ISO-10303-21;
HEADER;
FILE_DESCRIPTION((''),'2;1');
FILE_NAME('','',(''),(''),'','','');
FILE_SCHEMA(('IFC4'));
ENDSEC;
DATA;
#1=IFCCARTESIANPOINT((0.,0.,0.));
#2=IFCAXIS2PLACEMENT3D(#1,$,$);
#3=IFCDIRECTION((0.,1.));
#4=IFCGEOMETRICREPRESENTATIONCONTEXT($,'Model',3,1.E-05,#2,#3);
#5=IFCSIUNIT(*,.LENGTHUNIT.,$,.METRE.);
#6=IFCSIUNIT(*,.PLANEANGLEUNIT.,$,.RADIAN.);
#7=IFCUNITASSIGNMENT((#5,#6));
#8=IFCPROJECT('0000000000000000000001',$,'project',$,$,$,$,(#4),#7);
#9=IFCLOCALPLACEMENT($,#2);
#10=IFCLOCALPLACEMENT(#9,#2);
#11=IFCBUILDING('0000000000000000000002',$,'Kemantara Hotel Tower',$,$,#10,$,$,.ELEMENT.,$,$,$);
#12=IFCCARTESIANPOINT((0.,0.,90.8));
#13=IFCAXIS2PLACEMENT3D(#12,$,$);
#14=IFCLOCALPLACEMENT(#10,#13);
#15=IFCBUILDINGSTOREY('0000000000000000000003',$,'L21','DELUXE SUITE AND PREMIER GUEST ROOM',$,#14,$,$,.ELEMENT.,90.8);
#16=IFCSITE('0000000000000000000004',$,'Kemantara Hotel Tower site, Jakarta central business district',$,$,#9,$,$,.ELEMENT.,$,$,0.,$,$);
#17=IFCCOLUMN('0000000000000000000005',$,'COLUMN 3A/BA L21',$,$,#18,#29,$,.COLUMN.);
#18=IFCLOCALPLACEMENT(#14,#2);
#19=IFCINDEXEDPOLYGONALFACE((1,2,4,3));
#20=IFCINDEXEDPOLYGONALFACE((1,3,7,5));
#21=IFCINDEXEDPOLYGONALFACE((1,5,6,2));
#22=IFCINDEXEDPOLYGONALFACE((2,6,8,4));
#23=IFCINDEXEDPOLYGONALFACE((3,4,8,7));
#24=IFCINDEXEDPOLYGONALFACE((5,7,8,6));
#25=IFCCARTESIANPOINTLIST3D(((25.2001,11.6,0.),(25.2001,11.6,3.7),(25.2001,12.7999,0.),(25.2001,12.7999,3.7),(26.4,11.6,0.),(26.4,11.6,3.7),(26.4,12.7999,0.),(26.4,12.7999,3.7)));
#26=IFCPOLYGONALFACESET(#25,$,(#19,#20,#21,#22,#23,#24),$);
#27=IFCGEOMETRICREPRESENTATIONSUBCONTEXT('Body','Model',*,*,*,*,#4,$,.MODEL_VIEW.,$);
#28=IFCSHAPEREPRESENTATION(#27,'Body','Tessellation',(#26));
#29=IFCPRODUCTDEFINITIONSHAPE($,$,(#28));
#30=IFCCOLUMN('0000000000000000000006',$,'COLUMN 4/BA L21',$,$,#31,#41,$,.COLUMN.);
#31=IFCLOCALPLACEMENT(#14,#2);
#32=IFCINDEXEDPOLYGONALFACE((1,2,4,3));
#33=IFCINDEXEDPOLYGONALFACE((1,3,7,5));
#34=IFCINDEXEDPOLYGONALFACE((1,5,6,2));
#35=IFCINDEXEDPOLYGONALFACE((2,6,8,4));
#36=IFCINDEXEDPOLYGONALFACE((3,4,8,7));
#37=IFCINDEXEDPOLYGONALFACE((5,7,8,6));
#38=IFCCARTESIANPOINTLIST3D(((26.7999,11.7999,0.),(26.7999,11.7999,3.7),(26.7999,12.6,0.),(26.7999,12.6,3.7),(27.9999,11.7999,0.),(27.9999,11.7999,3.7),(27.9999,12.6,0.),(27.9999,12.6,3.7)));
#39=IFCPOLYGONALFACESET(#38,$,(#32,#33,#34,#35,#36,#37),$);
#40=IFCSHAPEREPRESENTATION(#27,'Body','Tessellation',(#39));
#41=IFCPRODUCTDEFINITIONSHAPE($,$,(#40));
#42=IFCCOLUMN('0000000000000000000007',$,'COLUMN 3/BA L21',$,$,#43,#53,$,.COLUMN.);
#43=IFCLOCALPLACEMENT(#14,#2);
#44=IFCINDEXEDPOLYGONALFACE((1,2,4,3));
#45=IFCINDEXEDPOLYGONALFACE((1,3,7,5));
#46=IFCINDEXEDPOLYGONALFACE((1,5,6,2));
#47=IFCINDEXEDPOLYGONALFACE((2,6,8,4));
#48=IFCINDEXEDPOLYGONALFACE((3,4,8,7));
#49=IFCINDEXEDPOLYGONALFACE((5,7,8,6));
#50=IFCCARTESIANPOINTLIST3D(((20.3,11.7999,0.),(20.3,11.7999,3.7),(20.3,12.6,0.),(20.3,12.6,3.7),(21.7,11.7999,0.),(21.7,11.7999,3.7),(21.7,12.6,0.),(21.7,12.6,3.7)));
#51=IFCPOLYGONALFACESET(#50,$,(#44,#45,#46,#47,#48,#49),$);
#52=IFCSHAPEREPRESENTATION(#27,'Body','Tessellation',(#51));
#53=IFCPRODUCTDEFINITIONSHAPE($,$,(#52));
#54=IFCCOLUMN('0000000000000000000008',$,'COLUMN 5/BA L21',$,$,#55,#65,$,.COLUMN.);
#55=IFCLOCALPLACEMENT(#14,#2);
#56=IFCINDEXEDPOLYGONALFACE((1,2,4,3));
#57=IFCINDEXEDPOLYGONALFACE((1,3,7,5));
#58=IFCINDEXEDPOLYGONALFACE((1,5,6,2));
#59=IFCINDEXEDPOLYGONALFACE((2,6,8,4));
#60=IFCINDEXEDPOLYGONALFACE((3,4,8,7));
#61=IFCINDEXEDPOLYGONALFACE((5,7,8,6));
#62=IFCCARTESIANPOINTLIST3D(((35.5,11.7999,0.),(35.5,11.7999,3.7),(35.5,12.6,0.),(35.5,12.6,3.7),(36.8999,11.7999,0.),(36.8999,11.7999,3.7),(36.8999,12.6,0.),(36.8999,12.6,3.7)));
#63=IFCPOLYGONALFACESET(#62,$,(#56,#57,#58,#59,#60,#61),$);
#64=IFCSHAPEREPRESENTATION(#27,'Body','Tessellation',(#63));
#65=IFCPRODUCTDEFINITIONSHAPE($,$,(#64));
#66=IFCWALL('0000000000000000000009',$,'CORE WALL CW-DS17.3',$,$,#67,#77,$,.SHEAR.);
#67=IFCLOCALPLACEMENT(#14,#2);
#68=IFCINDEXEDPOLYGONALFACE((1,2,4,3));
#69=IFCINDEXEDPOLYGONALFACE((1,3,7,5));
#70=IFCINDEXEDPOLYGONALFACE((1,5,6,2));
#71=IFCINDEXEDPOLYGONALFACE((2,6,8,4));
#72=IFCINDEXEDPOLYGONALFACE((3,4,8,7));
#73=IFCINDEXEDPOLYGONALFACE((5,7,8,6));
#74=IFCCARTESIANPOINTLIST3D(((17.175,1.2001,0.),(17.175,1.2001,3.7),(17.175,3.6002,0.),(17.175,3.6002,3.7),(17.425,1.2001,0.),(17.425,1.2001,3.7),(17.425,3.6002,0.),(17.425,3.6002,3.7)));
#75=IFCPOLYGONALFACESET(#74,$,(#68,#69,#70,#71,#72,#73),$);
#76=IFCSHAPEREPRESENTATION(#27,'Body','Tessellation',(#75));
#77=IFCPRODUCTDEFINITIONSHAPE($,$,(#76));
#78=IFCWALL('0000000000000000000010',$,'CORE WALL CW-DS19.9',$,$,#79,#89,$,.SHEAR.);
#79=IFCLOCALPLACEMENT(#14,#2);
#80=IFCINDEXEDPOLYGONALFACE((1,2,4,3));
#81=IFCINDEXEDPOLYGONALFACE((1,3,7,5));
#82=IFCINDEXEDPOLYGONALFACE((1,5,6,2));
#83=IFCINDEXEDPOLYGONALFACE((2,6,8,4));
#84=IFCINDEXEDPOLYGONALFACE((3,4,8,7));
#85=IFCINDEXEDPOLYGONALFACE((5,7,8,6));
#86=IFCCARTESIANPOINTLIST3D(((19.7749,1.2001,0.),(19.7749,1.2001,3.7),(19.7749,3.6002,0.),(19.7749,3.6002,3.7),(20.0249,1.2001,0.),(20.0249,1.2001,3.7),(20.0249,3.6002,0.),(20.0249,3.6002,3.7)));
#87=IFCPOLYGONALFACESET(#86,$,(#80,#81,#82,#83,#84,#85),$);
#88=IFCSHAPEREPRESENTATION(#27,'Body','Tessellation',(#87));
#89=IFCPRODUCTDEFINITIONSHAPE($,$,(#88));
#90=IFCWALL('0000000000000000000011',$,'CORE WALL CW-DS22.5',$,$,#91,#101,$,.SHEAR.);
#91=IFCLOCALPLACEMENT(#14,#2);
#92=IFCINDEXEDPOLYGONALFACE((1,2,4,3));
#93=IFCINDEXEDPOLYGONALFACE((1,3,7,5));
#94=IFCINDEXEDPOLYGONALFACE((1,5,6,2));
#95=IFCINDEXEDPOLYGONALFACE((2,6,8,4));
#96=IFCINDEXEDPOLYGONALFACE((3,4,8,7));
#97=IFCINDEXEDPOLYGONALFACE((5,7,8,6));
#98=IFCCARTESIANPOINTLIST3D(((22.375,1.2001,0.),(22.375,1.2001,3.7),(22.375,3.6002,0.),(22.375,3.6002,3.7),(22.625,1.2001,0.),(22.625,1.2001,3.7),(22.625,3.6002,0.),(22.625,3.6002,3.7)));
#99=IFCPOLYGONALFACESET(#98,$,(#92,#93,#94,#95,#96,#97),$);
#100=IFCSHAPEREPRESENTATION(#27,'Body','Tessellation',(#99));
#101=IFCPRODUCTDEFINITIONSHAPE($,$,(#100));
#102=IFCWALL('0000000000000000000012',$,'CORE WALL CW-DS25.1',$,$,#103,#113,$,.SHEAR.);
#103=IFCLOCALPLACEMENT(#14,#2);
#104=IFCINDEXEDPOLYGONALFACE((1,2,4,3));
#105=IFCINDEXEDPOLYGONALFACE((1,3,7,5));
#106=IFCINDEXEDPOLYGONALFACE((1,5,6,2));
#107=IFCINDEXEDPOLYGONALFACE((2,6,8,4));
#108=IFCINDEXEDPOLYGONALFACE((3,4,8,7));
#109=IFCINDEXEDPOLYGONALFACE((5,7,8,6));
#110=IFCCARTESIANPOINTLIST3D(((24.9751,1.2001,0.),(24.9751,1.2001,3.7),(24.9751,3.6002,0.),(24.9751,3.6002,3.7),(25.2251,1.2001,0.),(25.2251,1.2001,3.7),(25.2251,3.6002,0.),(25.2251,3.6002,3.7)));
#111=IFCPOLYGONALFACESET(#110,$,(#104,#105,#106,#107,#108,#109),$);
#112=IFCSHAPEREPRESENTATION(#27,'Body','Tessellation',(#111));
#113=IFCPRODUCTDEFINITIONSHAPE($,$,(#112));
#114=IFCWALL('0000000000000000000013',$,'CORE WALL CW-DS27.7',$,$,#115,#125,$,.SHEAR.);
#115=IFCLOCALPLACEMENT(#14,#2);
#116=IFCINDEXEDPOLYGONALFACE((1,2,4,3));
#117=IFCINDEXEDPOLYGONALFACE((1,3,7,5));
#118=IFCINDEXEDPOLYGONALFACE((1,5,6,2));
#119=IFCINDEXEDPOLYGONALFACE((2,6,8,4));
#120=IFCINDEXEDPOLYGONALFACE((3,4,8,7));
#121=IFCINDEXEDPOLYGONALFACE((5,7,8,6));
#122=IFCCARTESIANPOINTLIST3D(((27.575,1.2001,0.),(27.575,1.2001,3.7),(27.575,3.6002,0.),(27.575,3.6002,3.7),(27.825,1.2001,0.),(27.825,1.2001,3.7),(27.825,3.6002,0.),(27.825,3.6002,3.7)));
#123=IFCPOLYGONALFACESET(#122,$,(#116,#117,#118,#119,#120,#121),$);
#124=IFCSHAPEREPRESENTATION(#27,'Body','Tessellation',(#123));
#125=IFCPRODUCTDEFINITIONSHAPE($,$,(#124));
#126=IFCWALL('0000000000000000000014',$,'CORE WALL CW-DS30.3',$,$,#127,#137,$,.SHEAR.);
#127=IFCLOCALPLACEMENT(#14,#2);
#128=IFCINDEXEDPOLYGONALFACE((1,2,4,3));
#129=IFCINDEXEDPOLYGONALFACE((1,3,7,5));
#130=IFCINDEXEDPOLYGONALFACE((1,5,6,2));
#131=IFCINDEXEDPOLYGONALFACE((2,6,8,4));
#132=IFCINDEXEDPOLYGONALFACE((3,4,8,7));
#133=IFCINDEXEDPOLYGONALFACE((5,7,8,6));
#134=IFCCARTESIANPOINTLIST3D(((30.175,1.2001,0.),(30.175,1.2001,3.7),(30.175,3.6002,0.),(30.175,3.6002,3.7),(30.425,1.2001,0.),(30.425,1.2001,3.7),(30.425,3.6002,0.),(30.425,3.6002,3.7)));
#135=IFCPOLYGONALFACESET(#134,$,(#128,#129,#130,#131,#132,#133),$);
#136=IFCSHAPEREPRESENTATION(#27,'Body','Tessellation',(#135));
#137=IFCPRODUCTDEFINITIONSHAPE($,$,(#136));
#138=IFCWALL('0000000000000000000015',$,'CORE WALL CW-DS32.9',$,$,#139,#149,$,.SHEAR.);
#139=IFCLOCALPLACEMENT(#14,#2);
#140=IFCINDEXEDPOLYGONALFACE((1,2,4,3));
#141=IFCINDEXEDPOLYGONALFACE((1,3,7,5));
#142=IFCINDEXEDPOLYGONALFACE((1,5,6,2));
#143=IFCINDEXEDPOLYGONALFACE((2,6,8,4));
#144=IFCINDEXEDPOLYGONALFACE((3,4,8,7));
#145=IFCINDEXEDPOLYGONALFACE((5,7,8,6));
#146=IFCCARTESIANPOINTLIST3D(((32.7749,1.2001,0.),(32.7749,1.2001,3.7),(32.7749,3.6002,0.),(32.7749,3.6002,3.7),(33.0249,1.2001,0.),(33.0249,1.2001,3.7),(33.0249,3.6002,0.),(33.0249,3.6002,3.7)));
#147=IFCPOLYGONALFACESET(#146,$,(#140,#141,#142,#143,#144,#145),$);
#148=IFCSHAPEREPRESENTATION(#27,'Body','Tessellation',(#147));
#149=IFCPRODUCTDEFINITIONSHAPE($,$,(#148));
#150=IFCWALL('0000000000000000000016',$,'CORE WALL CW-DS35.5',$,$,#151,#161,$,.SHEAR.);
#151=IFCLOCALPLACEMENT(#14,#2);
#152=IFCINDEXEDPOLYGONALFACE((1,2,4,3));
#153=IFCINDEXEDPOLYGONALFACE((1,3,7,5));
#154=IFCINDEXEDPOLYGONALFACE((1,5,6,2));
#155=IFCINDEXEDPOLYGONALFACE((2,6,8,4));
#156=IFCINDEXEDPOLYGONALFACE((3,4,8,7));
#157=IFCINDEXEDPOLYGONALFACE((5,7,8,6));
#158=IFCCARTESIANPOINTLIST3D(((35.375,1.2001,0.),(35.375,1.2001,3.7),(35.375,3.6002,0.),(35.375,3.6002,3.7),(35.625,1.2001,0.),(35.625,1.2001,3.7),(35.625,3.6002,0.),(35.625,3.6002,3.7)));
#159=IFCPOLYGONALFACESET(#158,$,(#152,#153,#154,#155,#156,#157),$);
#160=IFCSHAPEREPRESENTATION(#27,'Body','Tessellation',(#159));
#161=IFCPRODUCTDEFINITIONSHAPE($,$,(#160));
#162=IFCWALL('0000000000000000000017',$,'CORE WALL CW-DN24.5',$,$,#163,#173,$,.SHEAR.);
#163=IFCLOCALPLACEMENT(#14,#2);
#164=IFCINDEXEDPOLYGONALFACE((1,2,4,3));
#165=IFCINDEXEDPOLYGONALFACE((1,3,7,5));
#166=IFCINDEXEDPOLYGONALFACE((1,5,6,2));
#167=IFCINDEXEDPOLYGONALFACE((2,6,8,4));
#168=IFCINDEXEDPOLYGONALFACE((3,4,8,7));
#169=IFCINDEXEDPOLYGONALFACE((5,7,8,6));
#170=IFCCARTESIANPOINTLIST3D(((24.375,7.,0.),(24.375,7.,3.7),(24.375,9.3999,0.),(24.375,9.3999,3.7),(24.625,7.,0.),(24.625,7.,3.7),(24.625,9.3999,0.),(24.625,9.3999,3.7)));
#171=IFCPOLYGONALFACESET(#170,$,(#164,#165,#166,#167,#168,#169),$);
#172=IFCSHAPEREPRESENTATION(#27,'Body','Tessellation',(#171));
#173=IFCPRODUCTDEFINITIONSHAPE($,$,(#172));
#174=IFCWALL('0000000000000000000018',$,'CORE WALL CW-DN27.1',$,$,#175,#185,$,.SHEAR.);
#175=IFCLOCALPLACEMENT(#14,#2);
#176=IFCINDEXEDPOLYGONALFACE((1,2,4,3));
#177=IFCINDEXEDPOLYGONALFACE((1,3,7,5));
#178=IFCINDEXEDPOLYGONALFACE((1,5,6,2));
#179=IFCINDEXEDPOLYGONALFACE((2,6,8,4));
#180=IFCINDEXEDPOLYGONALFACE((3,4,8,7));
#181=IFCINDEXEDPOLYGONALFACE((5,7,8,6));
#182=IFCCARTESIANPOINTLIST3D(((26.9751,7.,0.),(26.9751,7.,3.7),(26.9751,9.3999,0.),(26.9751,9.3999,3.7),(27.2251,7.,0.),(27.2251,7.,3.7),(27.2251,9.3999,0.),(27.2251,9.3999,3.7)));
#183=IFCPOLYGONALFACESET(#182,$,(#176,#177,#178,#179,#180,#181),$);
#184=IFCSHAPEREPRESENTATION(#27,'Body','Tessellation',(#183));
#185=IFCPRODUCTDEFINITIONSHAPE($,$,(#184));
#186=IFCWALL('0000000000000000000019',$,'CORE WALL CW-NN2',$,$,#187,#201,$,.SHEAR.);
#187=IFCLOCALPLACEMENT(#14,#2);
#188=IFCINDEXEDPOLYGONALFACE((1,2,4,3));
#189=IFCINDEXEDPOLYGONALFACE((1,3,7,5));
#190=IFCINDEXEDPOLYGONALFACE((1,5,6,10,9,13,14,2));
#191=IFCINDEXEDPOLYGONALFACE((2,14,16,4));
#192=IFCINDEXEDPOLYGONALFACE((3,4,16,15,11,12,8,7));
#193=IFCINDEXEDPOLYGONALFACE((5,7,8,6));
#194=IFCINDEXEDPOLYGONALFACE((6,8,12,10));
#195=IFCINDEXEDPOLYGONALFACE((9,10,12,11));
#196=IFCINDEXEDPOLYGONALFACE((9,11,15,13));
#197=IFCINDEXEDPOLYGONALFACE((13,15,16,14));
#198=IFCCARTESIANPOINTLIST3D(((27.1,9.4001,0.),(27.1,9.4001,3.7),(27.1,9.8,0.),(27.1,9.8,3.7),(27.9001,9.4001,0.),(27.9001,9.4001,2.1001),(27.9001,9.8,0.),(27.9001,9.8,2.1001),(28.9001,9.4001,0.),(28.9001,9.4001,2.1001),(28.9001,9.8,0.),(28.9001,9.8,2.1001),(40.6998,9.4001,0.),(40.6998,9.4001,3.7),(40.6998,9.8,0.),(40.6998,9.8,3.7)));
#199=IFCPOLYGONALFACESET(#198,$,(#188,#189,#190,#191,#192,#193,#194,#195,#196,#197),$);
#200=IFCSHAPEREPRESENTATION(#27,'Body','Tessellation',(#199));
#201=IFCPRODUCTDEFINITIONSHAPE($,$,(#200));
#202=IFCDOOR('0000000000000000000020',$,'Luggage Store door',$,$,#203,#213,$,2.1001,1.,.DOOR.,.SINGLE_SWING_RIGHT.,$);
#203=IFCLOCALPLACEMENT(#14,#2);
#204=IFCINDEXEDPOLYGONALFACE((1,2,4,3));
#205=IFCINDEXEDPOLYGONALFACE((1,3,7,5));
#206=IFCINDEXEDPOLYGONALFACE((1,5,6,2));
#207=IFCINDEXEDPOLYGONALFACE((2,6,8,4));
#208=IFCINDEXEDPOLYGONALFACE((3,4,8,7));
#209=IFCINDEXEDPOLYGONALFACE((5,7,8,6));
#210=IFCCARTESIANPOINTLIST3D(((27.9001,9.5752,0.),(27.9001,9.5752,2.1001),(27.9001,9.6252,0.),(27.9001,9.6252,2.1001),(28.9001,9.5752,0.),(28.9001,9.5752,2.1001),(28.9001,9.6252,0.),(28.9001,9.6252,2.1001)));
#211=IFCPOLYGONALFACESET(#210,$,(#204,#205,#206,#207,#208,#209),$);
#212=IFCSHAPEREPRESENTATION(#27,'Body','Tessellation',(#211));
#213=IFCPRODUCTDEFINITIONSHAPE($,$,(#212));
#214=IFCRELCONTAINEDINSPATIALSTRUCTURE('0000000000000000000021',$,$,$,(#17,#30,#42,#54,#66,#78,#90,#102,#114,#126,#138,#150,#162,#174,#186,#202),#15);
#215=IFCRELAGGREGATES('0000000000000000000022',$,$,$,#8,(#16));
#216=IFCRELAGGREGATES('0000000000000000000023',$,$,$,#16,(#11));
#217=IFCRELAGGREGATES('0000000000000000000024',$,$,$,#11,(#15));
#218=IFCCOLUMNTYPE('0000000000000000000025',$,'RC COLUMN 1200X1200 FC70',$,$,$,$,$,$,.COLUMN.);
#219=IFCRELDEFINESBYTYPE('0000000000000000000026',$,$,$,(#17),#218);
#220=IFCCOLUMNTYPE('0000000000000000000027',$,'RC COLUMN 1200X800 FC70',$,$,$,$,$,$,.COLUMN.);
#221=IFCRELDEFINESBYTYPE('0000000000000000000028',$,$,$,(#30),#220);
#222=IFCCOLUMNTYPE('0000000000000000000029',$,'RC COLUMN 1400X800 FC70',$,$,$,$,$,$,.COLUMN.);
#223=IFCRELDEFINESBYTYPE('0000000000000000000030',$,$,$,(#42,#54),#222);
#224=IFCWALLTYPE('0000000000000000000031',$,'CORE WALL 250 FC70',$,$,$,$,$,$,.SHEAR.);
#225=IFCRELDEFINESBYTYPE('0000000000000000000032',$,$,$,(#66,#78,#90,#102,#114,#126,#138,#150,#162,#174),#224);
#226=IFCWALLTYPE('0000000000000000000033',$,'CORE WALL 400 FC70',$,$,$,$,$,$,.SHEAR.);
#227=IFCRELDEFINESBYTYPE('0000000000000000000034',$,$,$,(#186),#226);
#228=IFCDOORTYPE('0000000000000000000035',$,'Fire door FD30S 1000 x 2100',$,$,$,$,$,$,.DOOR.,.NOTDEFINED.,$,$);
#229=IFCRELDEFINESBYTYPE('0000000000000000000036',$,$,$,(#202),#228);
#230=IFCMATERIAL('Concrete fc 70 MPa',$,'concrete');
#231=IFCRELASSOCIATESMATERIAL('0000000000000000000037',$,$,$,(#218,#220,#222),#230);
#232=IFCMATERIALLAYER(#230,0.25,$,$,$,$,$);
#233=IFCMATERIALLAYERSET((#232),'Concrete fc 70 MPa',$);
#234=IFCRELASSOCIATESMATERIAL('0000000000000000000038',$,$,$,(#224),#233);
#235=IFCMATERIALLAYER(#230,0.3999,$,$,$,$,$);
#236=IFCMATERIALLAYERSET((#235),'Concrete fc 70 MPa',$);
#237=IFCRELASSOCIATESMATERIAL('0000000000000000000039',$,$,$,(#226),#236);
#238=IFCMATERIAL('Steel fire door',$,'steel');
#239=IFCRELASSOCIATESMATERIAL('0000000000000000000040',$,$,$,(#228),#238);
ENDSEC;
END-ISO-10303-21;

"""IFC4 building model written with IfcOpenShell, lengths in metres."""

from ifc_helpers import new_model, si_unit, direction, frame, frame_2d, origin, origin_2d, place, context, subcontext, project, spatial, rectangle, extrude, material, layer, layer_set, material_profile, profile_set, type_object, element, fill, save


model = new_model("IFC4")

# Units and contexts
model_context = context("Model", 3, precision=1e-05, world=origin(), true_north=direction((0.0, 1.0)))
body_context = subcontext(model_context, "Body", "Model", "MODEL_VIEW")
ifc_project = project(units=[si_unit("LENGTHUNIT", "METRE"), si_unit("PLANEANGLEUNIT", "RADIAN")], contexts=[model_context])

# Site, building, storey
site_placement = place(None, origin())
site = spatial("IfcSite", under=ifc_project, at=site_placement, Name="Kemantara Hotel Tower site, Jakarta central business district", CompositionType="ELEMENT", RefElevation=0.0)
building_placement = place(site_placement, origin())
building = spatial("IfcBuilding", under=site, at=building_placement, Name="Kemantara Hotel Tower", CompositionType="ELEMENT")
storey_placement = place(building_placement, frame((0.0, 0.0, 90.8)))
storey = spatial("IfcBuildingStorey", under=building, at=storey_placement, Name="L21", Description="DELUXE SUITE AND PREMIER GUEST ROOM", CompositionType="ELEMENT", Elevation=90.8)

# Columns
ifc_material_1 = material(Name="Concrete fc 70 MPa", Category="concrete")
ifc_material_profile_1 = material_profile(ifc_material_1, rectangle(XDim=1.2, YDim=1.2, at=origin_2d()), Name="RC 1200X1200")
ifc_profile_set_1 = profile_set([ifc_material_profile_1], Name="Concrete fc 70 MPa")
column_type_1 = type_object("IfcColumnType", Name="RC COLUMN 1200X1200 FC70", PredefinedType="COLUMN", material=ifc_profile_set_1)
column_1_placement = place(storey_placement, frame((25.8, 12.2, 0.0), z_axis=(0.0, 0.0, 1.0), x_axis=(1.0, 0.0, 0.0)))
element("IfcColumn", 1, at=column_1_placement, inside=storey, type_object=column_type_1, Name="COLUMN 3A/BA L21", PredefinedType="COLUMN", context=body_context, shape_type="SweptSolid", body=[
    extrude(rectangle(XDim=1.2, YDim=1.2, at=origin_2d()), origin(), (0.0, 0.0, 1.0), 3.7),
])
ifc_material_profile_2 = material_profile(ifc_material_1, rectangle(XDim=1.2, YDim=0.8, at=origin_2d()), Name="RC 1200X800")
ifc_profile_set_2 = profile_set([ifc_material_profile_2], Name="Concrete fc 70 MPa")
column_type_2 = type_object("IfcColumnType", Name="RC COLUMN 1200X800 FC70", PredefinedType="COLUMN", material=ifc_profile_set_2)
column_2_placement = place(storey_placement, frame((27.3999, 12.2, 0.0), z_axis=(0.0, 0.0, 1.0), x_axis=(1.0, 0.0, 0.0)))
element("IfcColumn", 2, at=column_2_placement, inside=storey, type_object=column_type_2, Name="COLUMN 4/BA L21", PredefinedType="COLUMN", context=body_context, shape_type="SweptSolid", body=[
    extrude(rectangle(XDim=1.2, YDim=0.8, at=origin_2d()), origin(), (0.0, 0.0, 1.0), 3.7),
])
ifc_material_profile_3 = material_profile(ifc_material_1, rectangle(XDim=1.3999, YDim=0.8, at=origin_2d()), Name="RC 1400X800")
ifc_profile_set_3 = profile_set([ifc_material_profile_3], Name="Concrete fc 70 MPa")
column_type_3 = type_object("IfcColumnType", Name="RC COLUMN 1400X800 FC70", PredefinedType="COLUMN", material=ifc_profile_set_3)
for number, where, z_axis, x_axis, name in (
    (3, (21.0, 12.2, 0.0), (0.0, 0.0, 1.0), (1.0, 0.0, 0.0), "COLUMN 3/BA L21"),
    (4, (36.2, 12.2, 0.0), (0.0, 0.0, 1.0), (1.0, 0.0, 0.0), "COLUMN 5/BA L21"),
):
    element("IfcColumn", number, at=place(storey_placement, frame(where, z_axis=z_axis, x_axis=x_axis)), inside=storey, type_object=column_type_3, Name=name, PredefinedType="COLUMN", context=body_context, shape_type="SweptSolid", body=[
        extrude(rectangle(XDim=1.3999, YDim=0.8, at=origin_2d()), origin(), (0.0, 0.0, 1.0), 3.7),
    ])

# Walls
ifc_layer_1 = layer(ifc_material_1, 0.25)
ifc_layer_set_1 = layer_set([ifc_layer_1], Name="Concrete fc 70 MPa")
wall_type_1 = type_object("IfcWallType", Name="CORE WALL 250 FC70", PredefinedType="SHEAR", material=ifc_layer_set_1)
for number, where, z_axis, x_axis, name in (
    (5, (17.3, 1.2, 0.0), (0.0, 0.0, 1.0), (0.0, 1.0, 0.0), "CORE WALL CW-DS17.3"),
    (6, (19.8999, 1.2, 0.0), (0.0, 0.0, 1.0), (0.0, 1.0, 0.0), "CORE WALL CW-DS19.9"),
    (7, (22.5, 1.2, 0.0), (0.0, 0.0, 1.0), (0.0, 1.0, 0.0), "CORE WALL CW-DS22.5"),
    (8, (25.1001, 1.2, 0.0), (0.0, 0.0, 1.0), (0.0, 1.0, 0.0), "CORE WALL CW-DS25.1"),
    (9, (27.7, 1.2, 0.0), (0.0, 0.0, 1.0), (0.0, 1.0, 0.0), "CORE WALL CW-DS27.7"),
    (10, (30.3, 1.2, 0.0), (0.0, 0.0, 1.0), (0.0, 1.0, 0.0), "CORE WALL CW-DS30.3"),
    (11, (32.8999, 1.2, 0.0), (0.0, 0.0, 1.0), (0.0, 1.0, 0.0), "CORE WALL CW-DS32.9"),
    (12, (35.5, 1.2, 0.0), (0.0, 0.0, 1.0), (0.0, 1.0, 0.0), "CORE WALL CW-DS35.5"),
):
    element("IfcWall", number, at=place(storey_placement, frame(where, z_axis=z_axis, x_axis=x_axis)), inside=storey, type_object=wall_type_1, Name=name, PredefinedType="SHEAR", context=body_context, shape_type="SweptSolid", body=[
        extrude(rectangle(XDim=2.4001, YDim=0.25, at=frame_2d((1.2002, 0.0))), origin(), (0.0, 0.0, 1.0), 3.7),
    ])
for number, where, z_axis, x_axis, name in (
    (13, (24.5, 7.0, 0.0), (0.0, 0.0, 1.0), (0.0, 1.0, 0.0), "CORE WALL CW-DN24.5"),
    (14, (27.1001, 7.0, 0.0), (0.0, 0.0, 1.0), (0.0, 1.0, 0.0), "CORE WALL CW-DN27.1"),
):
    element("IfcWall", number, at=place(storey_placement, frame(where, z_axis=z_axis, x_axis=x_axis)), inside=storey, type_object=wall_type_1, Name=name, PredefinedType="SHEAR", context=body_context, shape_type="SweptSolid", body=[
        extrude(rectangle(XDim=2.3999, YDim=0.25, at=frame_2d((1.2, 0.0))), origin(), (0.0, 0.0, 1.0), 3.7),
    ])

# Wall, opening, door
ifc_layer_2 = layer(ifc_material_1, 0.3999)
ifc_layer_set_2 = layer_set([ifc_layer_2], Name="Concrete fc 70 MPa")
wall_type_2 = type_object("IfcWallType", Name="CORE WALL 400 FC70", PredefinedType="SHEAR", material=ifc_layer_set_2)
wall_1_placement = place(storey_placement, frame((27.1001, 9.6001, 0.0), z_axis=(0.0, 0.0, 1.0), x_axis=(1.0, 0.0, 0.0)))
wall_1 = element("IfcWall", 15, at=wall_1_placement, inside=storey, type_object=wall_type_2, Name="CORE WALL CW-NN2", PredefinedType="SHEAR", context=body_context, shape_type="SweptSolid", body=[
    extrude(rectangle(XDim=13.5999, YDim=0.3999, at=frame_2d((6.7998, 0.0))), origin(), (0.0, 0.0, 1.0), 3.7),
])
opening_1_placement = place(wall_1_placement, frame((0.8, 0.0, 0.0)))
opening_1 = element("IfcOpeningElement", 16, at=opening_1_placement, cuts=wall_1, PredefinedType="OPENING", context=body_context, shape_type="SweptSolid", body=[
    extrude(rectangle(XDim=1.0, YDim=2.1001, at=frame_2d((0.5, 1.05))), frame((0.0, 0.21, 0.0), z_axis=(0.0, -1.0, 0.0), x_axis=(1.0, 0.0, 0.0)), (0.0, 0.0, 1.0), 0.4199),
])
ifc_material_2 = material(Name="Steel fire door", Category="steel")
door_type_1 = type_object("IfcDoorType", Name="Fire door FD30S 1000 x 2100", OperationType="NOTDEFINED", PredefinedType="DOOR", material=ifc_material_2)
door_1_placement = place(opening_1_placement, frame((1.0, 0.0, 0.0), z_axis=(0.0, 0.0, 1.0), x_axis=(-1.0, 0.0, 0.0)))
door_1 = element("IfcDoor", 17, at=door_1_placement, inside=storey, type_object=door_type_1, Name="Luggage Store door", OperationType="SINGLE_SWING_RIGHT", OverallHeight=2.1001, OverallWidth=1.0, PredefinedType="DOOR", context=body_context, shape_type="SweptSolid", body=[
    extrude(rectangle(XDim=1.0, YDim=2.1001, at=frame_2d((0.5, 1.05))), frame((0.0, 0.0249, 0.0), z_axis=(0.0, -1.0, 0.0), x_axis=(1.0, 0.0, 0.0)), (0.0, 0.0, 1.0), 0.05),
])
fill(opening_1, door_1)

save(model, "model.ifc")
